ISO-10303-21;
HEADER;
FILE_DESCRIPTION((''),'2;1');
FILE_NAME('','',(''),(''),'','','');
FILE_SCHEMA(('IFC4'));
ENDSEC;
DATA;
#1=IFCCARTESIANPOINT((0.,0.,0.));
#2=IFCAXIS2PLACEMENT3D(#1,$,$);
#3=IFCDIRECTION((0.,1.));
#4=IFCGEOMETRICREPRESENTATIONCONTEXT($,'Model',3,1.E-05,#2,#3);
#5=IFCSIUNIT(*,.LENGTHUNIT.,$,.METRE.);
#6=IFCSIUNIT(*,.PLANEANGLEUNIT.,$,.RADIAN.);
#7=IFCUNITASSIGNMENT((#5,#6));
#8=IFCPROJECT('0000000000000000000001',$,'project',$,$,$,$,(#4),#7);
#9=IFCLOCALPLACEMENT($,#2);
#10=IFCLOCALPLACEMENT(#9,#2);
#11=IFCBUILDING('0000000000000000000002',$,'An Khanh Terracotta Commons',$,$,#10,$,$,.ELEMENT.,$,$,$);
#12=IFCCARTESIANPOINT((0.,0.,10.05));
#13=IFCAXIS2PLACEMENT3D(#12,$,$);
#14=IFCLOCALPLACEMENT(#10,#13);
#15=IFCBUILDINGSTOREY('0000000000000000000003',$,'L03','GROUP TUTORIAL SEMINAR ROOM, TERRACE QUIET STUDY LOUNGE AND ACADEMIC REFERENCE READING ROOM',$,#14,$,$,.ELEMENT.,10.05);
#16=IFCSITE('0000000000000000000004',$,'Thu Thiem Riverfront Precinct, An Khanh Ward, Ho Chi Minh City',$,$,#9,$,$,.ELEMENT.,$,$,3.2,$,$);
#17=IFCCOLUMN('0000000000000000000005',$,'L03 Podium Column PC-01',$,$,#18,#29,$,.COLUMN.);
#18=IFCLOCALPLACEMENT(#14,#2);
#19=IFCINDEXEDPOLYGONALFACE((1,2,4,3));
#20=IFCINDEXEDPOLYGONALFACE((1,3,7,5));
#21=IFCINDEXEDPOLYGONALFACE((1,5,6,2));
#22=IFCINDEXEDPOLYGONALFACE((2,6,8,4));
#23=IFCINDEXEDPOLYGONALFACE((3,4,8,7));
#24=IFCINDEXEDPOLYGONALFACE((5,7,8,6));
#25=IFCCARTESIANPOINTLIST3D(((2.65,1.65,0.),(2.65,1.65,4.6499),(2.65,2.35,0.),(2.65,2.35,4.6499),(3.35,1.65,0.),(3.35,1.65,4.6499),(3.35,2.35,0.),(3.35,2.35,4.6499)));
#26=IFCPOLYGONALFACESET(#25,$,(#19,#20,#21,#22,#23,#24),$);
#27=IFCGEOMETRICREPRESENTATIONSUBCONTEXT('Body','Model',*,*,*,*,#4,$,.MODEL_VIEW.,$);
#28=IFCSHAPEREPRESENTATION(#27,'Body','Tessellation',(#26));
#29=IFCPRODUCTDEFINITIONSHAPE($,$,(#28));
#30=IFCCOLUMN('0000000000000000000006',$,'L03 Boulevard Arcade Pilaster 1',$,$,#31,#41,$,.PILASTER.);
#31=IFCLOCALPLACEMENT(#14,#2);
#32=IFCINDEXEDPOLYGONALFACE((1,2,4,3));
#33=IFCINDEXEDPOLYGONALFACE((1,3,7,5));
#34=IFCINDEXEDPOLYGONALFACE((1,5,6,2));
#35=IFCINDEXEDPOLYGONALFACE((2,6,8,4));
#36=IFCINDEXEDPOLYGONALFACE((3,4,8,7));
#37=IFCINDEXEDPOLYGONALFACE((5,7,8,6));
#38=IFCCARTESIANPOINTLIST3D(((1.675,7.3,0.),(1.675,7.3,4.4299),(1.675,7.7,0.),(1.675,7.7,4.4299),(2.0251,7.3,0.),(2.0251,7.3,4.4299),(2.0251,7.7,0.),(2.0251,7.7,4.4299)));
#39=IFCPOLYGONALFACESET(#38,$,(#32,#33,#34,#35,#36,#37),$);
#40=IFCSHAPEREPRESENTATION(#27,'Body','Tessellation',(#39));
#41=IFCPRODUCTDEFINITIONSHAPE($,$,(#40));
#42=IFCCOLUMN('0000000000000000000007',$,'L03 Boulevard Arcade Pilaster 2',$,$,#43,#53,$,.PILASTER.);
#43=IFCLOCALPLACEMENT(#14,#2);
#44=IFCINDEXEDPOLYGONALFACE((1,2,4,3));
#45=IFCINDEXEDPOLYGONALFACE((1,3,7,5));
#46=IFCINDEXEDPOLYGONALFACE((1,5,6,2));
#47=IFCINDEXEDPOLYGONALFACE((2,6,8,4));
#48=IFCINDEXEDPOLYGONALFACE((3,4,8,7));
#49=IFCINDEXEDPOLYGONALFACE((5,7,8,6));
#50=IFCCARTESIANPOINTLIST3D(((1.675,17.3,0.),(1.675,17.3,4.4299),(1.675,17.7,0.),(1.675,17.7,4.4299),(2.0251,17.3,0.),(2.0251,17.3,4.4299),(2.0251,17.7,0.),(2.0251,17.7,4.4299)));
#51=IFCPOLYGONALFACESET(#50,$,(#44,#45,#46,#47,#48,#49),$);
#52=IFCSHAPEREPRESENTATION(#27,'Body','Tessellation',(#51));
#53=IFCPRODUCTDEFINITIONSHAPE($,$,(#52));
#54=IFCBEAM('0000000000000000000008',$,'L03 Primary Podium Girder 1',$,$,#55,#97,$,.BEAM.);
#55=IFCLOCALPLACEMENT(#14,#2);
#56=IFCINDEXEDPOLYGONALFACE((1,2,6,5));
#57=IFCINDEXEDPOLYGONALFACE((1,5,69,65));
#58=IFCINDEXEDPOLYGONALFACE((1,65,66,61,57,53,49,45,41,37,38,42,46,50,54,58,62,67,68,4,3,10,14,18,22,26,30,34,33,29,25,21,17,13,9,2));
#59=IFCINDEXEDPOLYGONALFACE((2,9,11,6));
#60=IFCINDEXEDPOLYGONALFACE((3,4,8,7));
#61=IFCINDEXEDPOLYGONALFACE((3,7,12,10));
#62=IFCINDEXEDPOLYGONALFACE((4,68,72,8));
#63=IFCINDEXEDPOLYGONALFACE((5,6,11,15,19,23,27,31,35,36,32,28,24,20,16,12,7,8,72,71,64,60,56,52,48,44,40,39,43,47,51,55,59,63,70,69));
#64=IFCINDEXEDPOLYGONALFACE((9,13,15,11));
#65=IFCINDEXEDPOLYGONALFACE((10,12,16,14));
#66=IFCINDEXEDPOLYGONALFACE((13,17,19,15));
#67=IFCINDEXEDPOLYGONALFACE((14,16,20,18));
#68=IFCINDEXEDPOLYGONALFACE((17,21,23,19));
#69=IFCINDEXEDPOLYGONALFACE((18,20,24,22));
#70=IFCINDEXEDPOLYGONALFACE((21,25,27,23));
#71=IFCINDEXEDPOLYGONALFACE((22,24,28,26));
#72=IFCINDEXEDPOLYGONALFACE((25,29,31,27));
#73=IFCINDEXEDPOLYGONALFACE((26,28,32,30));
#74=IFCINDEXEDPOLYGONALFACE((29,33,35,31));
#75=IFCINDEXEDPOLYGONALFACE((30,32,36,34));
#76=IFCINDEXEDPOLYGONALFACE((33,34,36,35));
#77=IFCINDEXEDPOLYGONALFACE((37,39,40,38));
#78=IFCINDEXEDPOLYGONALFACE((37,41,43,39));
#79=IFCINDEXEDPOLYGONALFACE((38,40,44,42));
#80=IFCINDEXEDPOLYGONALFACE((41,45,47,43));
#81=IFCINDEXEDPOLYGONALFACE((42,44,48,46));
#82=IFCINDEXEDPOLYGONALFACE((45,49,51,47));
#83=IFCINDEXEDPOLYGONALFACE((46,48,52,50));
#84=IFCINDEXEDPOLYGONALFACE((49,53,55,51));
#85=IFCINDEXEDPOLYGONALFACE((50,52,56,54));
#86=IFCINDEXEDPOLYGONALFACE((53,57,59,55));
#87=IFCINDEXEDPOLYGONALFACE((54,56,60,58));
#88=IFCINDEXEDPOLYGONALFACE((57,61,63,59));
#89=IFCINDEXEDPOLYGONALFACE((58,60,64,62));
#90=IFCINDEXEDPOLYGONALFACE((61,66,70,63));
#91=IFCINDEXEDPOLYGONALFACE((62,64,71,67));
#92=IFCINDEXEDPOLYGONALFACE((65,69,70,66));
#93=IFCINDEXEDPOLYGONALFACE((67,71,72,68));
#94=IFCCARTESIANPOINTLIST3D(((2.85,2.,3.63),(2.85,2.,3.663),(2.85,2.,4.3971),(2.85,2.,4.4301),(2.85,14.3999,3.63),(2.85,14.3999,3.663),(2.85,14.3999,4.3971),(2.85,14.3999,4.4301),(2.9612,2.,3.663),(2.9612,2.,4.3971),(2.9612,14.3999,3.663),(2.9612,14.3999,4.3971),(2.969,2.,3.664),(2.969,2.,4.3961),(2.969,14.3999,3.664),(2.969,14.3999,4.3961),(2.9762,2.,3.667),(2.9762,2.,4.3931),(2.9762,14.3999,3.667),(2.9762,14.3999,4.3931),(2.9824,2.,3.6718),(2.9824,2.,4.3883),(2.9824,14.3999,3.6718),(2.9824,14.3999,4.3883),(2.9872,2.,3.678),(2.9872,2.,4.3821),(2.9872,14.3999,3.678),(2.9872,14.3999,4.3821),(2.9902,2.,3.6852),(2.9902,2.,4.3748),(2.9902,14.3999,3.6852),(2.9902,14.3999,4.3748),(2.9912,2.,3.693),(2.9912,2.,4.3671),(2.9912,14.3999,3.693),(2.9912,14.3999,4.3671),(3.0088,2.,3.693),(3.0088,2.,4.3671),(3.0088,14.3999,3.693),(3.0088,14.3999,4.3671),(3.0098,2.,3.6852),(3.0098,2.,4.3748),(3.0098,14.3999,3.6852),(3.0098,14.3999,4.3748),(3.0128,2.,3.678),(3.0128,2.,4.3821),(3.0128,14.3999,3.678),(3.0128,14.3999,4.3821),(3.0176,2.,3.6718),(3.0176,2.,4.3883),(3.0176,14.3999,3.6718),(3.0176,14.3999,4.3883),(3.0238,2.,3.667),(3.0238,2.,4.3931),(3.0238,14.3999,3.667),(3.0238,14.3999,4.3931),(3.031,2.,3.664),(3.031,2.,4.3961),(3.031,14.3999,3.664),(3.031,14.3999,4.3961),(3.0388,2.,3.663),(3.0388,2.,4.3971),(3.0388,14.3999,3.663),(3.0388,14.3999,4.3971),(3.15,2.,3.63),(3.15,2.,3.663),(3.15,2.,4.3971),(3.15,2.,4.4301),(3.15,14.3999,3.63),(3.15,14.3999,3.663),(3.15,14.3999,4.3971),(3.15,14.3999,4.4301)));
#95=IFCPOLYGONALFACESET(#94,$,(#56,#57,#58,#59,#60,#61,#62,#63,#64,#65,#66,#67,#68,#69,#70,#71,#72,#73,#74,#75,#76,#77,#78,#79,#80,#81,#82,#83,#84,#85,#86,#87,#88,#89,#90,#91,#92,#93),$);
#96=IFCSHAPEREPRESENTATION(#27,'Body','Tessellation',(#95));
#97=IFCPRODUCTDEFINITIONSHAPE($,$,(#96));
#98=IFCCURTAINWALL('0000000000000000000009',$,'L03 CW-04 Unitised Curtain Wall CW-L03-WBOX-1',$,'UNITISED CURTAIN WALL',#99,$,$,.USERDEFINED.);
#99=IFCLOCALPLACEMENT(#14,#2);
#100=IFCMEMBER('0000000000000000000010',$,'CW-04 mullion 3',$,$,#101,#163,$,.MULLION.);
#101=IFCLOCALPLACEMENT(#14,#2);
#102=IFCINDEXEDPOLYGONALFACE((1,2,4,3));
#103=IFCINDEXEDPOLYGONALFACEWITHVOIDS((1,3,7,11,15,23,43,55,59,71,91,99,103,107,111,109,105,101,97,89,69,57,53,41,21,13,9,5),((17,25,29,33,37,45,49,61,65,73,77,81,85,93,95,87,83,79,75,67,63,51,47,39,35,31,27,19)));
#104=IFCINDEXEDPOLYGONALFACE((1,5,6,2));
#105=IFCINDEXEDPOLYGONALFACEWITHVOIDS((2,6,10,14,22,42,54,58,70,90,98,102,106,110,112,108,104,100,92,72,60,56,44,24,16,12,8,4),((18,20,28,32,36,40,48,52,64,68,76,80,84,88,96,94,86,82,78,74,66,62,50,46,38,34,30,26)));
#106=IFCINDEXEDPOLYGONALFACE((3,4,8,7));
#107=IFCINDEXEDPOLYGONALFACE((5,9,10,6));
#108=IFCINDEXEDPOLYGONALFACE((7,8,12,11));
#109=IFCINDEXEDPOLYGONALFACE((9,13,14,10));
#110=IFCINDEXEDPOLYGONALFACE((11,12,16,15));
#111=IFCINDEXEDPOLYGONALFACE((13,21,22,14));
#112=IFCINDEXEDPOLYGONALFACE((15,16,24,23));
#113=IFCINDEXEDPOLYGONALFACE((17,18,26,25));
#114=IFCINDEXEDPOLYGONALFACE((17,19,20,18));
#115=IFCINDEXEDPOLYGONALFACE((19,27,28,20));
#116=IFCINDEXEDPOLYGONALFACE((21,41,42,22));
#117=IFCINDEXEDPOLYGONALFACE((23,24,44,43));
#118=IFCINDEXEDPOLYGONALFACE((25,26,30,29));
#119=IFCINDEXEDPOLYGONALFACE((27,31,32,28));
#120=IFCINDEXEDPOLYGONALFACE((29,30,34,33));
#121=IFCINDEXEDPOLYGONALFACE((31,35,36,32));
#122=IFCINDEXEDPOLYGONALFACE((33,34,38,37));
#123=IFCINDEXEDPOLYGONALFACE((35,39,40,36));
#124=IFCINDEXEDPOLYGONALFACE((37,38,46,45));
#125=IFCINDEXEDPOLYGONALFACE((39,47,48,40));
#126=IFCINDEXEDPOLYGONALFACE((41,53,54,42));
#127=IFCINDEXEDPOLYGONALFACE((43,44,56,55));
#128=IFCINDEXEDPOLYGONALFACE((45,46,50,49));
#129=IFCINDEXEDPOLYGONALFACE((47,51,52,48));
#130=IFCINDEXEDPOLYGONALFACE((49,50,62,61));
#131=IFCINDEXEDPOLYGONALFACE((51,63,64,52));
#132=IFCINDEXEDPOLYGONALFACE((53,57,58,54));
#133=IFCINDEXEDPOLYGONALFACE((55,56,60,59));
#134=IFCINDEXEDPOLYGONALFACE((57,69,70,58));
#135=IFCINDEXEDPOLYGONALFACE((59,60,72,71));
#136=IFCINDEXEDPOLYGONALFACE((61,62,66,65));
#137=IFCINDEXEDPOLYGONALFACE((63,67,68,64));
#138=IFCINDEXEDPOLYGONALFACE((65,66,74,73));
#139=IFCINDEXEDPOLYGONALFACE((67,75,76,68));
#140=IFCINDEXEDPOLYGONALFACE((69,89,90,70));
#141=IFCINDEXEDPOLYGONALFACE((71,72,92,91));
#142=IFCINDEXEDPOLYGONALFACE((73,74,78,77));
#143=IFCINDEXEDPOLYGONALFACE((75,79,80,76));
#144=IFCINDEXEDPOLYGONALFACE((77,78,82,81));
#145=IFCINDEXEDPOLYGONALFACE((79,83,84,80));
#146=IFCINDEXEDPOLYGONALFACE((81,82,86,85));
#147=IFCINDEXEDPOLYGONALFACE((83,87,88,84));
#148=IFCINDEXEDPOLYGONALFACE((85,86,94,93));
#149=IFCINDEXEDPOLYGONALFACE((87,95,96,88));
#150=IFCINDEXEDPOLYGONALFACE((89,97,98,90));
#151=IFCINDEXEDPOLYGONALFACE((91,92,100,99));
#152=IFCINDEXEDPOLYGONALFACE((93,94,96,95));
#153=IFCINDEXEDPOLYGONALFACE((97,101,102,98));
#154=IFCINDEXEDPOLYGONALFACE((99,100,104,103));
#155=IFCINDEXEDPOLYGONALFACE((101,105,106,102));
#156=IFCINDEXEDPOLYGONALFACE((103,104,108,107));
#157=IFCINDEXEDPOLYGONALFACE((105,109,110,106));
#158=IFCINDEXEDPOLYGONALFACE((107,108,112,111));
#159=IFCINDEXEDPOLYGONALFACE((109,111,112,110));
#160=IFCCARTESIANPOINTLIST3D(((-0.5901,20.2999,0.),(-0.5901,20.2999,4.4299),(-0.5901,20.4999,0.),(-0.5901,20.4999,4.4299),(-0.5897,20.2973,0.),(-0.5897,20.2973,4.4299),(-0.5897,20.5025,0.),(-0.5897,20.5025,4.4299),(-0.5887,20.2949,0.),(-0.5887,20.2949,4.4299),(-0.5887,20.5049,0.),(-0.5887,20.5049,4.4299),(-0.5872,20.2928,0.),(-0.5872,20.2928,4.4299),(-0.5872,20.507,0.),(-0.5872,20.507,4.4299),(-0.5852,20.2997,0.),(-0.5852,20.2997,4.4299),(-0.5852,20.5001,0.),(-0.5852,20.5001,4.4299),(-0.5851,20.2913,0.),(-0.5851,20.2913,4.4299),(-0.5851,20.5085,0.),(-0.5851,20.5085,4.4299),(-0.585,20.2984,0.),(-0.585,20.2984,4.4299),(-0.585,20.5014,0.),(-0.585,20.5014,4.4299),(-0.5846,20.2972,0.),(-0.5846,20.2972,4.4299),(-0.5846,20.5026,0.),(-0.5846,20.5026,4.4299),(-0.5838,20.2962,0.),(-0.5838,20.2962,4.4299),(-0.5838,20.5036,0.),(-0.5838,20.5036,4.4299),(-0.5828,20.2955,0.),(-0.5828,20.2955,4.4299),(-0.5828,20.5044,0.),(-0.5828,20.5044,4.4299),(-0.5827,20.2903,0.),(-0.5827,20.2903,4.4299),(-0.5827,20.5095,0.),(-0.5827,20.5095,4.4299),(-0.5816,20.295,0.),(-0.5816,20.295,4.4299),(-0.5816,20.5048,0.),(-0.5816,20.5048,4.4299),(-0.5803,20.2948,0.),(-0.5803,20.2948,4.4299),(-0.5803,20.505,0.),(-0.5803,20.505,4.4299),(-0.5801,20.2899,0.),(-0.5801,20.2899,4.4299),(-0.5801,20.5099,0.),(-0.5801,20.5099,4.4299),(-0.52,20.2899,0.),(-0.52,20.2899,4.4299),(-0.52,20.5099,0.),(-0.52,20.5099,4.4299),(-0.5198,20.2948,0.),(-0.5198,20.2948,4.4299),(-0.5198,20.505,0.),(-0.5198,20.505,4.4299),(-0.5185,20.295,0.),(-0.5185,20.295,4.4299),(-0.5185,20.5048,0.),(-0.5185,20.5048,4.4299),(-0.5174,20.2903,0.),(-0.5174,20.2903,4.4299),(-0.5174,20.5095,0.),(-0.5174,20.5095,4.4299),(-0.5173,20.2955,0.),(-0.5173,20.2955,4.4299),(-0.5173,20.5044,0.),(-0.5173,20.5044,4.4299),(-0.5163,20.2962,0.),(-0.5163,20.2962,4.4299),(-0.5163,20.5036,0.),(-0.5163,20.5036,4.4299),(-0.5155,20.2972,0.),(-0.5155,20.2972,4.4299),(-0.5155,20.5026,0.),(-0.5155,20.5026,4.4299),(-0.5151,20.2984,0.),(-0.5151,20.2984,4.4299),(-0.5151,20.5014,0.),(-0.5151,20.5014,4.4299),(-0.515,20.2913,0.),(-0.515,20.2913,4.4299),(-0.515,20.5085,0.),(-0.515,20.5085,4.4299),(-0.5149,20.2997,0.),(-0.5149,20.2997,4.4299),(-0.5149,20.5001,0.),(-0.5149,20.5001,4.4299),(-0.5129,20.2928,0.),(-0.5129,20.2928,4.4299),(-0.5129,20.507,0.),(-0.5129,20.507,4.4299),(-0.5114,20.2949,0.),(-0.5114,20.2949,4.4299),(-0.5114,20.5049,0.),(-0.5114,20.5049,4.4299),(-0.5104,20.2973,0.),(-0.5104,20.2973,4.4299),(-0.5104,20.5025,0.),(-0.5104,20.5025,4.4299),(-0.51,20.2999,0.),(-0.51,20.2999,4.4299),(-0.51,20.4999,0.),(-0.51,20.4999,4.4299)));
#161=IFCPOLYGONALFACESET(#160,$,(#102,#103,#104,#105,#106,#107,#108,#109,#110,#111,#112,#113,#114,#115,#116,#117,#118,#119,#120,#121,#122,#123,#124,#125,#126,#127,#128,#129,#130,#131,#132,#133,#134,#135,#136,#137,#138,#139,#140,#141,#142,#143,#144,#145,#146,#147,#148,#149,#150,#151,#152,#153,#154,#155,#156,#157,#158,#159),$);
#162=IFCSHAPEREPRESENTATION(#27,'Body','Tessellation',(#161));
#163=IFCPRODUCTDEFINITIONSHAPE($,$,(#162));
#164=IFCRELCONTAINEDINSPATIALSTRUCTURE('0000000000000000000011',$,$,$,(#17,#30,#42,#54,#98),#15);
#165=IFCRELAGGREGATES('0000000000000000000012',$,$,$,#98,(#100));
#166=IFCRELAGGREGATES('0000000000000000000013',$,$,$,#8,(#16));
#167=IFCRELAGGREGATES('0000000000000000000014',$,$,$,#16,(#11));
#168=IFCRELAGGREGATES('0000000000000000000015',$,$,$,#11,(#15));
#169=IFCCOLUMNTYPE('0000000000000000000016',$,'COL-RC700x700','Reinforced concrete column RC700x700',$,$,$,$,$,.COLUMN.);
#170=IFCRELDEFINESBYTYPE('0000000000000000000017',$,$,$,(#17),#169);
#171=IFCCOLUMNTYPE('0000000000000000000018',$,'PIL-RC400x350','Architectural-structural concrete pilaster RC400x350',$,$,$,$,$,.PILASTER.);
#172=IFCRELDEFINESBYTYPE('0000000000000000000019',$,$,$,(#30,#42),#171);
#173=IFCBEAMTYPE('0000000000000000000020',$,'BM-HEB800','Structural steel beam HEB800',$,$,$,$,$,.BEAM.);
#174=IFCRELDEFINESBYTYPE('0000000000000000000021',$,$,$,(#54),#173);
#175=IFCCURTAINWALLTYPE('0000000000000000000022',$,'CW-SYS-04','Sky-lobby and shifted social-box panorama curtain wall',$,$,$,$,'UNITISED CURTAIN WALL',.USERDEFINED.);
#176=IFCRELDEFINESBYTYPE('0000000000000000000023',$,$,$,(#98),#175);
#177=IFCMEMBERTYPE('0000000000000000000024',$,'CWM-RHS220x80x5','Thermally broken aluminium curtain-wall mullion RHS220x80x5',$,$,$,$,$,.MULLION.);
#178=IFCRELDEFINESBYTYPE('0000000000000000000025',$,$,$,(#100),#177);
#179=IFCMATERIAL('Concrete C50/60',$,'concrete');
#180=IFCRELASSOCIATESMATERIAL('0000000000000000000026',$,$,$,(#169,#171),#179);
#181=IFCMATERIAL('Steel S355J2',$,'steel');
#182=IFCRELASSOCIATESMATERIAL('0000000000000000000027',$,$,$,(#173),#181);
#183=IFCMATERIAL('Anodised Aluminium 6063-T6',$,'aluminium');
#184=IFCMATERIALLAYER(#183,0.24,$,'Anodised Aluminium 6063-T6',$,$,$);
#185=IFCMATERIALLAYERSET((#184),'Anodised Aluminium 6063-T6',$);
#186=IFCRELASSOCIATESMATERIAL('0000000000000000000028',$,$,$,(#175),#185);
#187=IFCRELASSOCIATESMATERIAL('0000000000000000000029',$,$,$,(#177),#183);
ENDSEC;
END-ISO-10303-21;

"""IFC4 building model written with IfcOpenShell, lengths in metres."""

from ifc_helpers import new_model, si_unit, direction, frame, origin, origin_2d, place, context, subcontext, project, spatial, rectangle, hollow_rectangle, i_section, extrude, material, layer, layer_set, material_profile, profile_set, type_object, element, aggregate, save


model = new_model("IFC4")

# Units and contexts
model_context = context("Model", 3, precision=1e-05, world=origin(), true_north=direction((0.0, 1.0)))
body_context = subcontext(model_context, "Body", "Model", "MODEL_VIEW")
ifc_project = project(units=[si_unit("LENGTHUNIT", "METRE"), si_unit("PLANEANGLEUNIT", "RADIAN")], contexts=[model_context])

# Site, building, storey
site_placement = place(None, origin())
site = spatial("IfcSite", under=ifc_project, at=site_placement, Name="Thu Thiem Riverfront Precinct, An Khanh Ward, Ho Chi Minh City", CompositionType="ELEMENT", RefElevation=3.2)
building_placement = place(site_placement, origin())
building = spatial("IfcBuilding", under=site, at=building_placement, Name="An Khanh Terracotta Commons", CompositionType="ELEMENT")
storey_placement = place(building_placement, frame((0.0, 0.0, 10.05)))
storey = spatial("IfcBuildingStorey", under=building, at=storey_placement, Name="L03", Description="GROUP TUTORIAL SEMINAR ROOM, TERRACE QUIET STUDY LOUNGE AND ACADEMIC REFERENCE READING ROOM", CompositionType="ELEMENT", Elevation=10.05)

# Columns
ifc_material_1 = material(Name="Concrete C50/60", Category="concrete")
ifc_material_profile_1 = material_profile(ifc_material_1, rectangle(XDim=0.7, YDim=0.7, at=origin_2d()), Name="RC700x700")
ifc_profile_set_1 = profile_set([ifc_material_profile_1], Name="Concrete C50/60")
column_type_1 = type_object("IfcColumnType", Name="COL-RC700x700", Description="Reinforced concrete column RC700x700", PredefinedType="COLUMN", material=ifc_profile_set_1)
column_placement = place(storey_placement, frame((3.0, 2.0, 0.0), z_axis=(0.0, 0.0, 1.0), x_axis=(1.0, 0.0, 0.0)))
element("IfcColumn", 1, at=column_placement, inside=storey, type_object=column_type_1, Name="L03 Podium Column PC-01", PredefinedType="COLUMN", context=body_context, shape_type="SweptSolid", body=[
    extrude(rectangle(XDim=0.7, YDim=0.7, at=origin_2d()), origin(), (0.0, 0.0, 1.0), 4.6499),
])
ifc_material_profile_2 = material_profile(ifc_material_1, rectangle(XDim=0.3501, YDim=0.3999, at=origin_2d()), Name="RC400x350")
ifc_profile_set_2 = profile_set([ifc_material_profile_2], Name="Concrete C50/60")
column_type_2 = type_object("IfcColumnType", Name="PIL-RC400x350", Description="Architectural-structural concrete pilaster RC400x350", PredefinedType="PILASTER", material=ifc_profile_set_2)
for number, where, z_axis, x_axis, name in (
    (2, (1.8501, 7.5, 0.0), (0.0, 0.0, 1.0), (1.0, 0.0, 0.0), "L03 Boulevard Arcade Pilaster 1"),
    (3, (1.8501, 17.5, 0.0), (0.0, 0.0, 1.0), (1.0, 0.0, 0.0), "L03 Boulevard Arcade Pilaster 2"),
):
    element("IfcColumn", number, at=place(storey_placement, frame(where, z_axis=z_axis, x_axis=x_axis)), inside=storey, type_object=column_type_2, Name=name, PredefinedType="PILASTER", context=body_context, shape_type="SweptSolid", body=[
        extrude(rectangle(XDim=0.3501, YDim=0.3999, at=origin_2d()), origin(), (0.0, 0.0, 1.0), 4.4299),
    ])

# Beam
ifc_material_2 = material(Name="Steel S355J2", Category="steel")
ifc_material_profile_3 = material_profile(ifc_material_2, i_section(OverallWidth=0.3, OverallDepth=0.8, WebThickness=0.0176, FlangeThickness=0.033, FilletRadius=0.03, at=origin_2d()), Name="HEB800")
ifc_profile_set_3 = profile_set([ifc_material_profile_3], Name="Steel S355J2")
beam_type = type_object("IfcBeamType", Name="BM-HEB800", Description="Structural steel beam HEB800", PredefinedType="BEAM", material=ifc_profile_set_3)
beam_placement = place(storey_placement, frame((3.0, 2.0, 4.03), z_axis=(0.0, 1.0, 0.0), x_axis=(-1.0, 0.0, 0.0)))
element("IfcBeam", 4, at=beam_placement, inside=storey, type_object=beam_type, Name="L03 Primary Podium Girder 1", PredefinedType="BEAM", context=body_context, shape_type="SweptSolid", body=[
    extrude(i_section(OverallWidth=0.3, OverallDepth=0.8, WebThickness=0.0176, FlangeThickness=0.033, FilletRadius=0.03, at=origin_2d()), origin(), (0.0, 0.0, 1.0), 12.3999),
])

# Curtain wall, member
ifc_material_3 = material(Name="Anodised Aluminium 6063-T6", Category="aluminium")
ifc_layer_1 = layer(ifc_material_3, 0.24, Name="Anodised Aluminium 6063-T6")
ifc_layer_set_1 = layer_set([ifc_layer_1], Name="Anodised Aluminium 6063-T6")
curtain_wall_type = type_object("IfcCurtainWallType", Name="CW-SYS-04", Description="Sky-lobby and shifted social-box panorama curtain wall", ElementType="UNITISED CURTAIN WALL", PredefinedType="USERDEFINED", material=ifc_layer_set_1)
curtain_wall_1_placement = place(storey_placement, origin())
curtain_wall_1 = element("IfcCurtainWall", 5, at=curtain_wall_1_placement, inside=storey, type_object=curtain_wall_type, Name="L03 CW-04 Unitised Curtain Wall CW-L03-WBOX-1", ObjectType="UNITISED CURTAIN WALL", PredefinedType="USERDEFINED")
ifc_material_profile_4 = material_profile(ifc_material_3, hollow_rectangle(XDim=0.0801, YDim=0.22, WallThickness=0.0049, InnerFilletRadius=0.0049, OuterFilletRadius=0.01, at=origin_2d()), Name="RHS220x80x5")
ifc_profile_set_4 = profile_set([ifc_material_profile_4], Name="Anodised Aluminium 6063-T6")
member_type_1 = type_object("IfcMemberType", Name="CWM-RHS220x80x5", Description="Thermally broken aluminium curtain-wall mullion RHS220x80x5", PredefinedType="MULLION", material=ifc_profile_set_4)
member_1_placement = place(storey_placement, frame((-0.55, 20.3999, 0.0), z_axis=(0.0, 0.0, 1.0), x_axis=(1.0, 0.0, 0.0)))
member_1 = element("IfcMember", 6, at=member_1_placement, type_object=member_type_1, Name="CW-04 mullion 3", PredefinedType="MULLION", context=body_context, shape_type="SweptSolid", body=[
    extrude(hollow_rectangle(XDim=0.0801, YDim=0.22, WallThickness=0.0049, InnerFilletRadius=0.0049, OuterFilletRadius=0.01, at=origin_2d()), origin(), (0.0, 0.0, 1.0), 4.4299),
])

aggregate(curtain_wall_1, [member_1])

save(model, "model.ifc")
